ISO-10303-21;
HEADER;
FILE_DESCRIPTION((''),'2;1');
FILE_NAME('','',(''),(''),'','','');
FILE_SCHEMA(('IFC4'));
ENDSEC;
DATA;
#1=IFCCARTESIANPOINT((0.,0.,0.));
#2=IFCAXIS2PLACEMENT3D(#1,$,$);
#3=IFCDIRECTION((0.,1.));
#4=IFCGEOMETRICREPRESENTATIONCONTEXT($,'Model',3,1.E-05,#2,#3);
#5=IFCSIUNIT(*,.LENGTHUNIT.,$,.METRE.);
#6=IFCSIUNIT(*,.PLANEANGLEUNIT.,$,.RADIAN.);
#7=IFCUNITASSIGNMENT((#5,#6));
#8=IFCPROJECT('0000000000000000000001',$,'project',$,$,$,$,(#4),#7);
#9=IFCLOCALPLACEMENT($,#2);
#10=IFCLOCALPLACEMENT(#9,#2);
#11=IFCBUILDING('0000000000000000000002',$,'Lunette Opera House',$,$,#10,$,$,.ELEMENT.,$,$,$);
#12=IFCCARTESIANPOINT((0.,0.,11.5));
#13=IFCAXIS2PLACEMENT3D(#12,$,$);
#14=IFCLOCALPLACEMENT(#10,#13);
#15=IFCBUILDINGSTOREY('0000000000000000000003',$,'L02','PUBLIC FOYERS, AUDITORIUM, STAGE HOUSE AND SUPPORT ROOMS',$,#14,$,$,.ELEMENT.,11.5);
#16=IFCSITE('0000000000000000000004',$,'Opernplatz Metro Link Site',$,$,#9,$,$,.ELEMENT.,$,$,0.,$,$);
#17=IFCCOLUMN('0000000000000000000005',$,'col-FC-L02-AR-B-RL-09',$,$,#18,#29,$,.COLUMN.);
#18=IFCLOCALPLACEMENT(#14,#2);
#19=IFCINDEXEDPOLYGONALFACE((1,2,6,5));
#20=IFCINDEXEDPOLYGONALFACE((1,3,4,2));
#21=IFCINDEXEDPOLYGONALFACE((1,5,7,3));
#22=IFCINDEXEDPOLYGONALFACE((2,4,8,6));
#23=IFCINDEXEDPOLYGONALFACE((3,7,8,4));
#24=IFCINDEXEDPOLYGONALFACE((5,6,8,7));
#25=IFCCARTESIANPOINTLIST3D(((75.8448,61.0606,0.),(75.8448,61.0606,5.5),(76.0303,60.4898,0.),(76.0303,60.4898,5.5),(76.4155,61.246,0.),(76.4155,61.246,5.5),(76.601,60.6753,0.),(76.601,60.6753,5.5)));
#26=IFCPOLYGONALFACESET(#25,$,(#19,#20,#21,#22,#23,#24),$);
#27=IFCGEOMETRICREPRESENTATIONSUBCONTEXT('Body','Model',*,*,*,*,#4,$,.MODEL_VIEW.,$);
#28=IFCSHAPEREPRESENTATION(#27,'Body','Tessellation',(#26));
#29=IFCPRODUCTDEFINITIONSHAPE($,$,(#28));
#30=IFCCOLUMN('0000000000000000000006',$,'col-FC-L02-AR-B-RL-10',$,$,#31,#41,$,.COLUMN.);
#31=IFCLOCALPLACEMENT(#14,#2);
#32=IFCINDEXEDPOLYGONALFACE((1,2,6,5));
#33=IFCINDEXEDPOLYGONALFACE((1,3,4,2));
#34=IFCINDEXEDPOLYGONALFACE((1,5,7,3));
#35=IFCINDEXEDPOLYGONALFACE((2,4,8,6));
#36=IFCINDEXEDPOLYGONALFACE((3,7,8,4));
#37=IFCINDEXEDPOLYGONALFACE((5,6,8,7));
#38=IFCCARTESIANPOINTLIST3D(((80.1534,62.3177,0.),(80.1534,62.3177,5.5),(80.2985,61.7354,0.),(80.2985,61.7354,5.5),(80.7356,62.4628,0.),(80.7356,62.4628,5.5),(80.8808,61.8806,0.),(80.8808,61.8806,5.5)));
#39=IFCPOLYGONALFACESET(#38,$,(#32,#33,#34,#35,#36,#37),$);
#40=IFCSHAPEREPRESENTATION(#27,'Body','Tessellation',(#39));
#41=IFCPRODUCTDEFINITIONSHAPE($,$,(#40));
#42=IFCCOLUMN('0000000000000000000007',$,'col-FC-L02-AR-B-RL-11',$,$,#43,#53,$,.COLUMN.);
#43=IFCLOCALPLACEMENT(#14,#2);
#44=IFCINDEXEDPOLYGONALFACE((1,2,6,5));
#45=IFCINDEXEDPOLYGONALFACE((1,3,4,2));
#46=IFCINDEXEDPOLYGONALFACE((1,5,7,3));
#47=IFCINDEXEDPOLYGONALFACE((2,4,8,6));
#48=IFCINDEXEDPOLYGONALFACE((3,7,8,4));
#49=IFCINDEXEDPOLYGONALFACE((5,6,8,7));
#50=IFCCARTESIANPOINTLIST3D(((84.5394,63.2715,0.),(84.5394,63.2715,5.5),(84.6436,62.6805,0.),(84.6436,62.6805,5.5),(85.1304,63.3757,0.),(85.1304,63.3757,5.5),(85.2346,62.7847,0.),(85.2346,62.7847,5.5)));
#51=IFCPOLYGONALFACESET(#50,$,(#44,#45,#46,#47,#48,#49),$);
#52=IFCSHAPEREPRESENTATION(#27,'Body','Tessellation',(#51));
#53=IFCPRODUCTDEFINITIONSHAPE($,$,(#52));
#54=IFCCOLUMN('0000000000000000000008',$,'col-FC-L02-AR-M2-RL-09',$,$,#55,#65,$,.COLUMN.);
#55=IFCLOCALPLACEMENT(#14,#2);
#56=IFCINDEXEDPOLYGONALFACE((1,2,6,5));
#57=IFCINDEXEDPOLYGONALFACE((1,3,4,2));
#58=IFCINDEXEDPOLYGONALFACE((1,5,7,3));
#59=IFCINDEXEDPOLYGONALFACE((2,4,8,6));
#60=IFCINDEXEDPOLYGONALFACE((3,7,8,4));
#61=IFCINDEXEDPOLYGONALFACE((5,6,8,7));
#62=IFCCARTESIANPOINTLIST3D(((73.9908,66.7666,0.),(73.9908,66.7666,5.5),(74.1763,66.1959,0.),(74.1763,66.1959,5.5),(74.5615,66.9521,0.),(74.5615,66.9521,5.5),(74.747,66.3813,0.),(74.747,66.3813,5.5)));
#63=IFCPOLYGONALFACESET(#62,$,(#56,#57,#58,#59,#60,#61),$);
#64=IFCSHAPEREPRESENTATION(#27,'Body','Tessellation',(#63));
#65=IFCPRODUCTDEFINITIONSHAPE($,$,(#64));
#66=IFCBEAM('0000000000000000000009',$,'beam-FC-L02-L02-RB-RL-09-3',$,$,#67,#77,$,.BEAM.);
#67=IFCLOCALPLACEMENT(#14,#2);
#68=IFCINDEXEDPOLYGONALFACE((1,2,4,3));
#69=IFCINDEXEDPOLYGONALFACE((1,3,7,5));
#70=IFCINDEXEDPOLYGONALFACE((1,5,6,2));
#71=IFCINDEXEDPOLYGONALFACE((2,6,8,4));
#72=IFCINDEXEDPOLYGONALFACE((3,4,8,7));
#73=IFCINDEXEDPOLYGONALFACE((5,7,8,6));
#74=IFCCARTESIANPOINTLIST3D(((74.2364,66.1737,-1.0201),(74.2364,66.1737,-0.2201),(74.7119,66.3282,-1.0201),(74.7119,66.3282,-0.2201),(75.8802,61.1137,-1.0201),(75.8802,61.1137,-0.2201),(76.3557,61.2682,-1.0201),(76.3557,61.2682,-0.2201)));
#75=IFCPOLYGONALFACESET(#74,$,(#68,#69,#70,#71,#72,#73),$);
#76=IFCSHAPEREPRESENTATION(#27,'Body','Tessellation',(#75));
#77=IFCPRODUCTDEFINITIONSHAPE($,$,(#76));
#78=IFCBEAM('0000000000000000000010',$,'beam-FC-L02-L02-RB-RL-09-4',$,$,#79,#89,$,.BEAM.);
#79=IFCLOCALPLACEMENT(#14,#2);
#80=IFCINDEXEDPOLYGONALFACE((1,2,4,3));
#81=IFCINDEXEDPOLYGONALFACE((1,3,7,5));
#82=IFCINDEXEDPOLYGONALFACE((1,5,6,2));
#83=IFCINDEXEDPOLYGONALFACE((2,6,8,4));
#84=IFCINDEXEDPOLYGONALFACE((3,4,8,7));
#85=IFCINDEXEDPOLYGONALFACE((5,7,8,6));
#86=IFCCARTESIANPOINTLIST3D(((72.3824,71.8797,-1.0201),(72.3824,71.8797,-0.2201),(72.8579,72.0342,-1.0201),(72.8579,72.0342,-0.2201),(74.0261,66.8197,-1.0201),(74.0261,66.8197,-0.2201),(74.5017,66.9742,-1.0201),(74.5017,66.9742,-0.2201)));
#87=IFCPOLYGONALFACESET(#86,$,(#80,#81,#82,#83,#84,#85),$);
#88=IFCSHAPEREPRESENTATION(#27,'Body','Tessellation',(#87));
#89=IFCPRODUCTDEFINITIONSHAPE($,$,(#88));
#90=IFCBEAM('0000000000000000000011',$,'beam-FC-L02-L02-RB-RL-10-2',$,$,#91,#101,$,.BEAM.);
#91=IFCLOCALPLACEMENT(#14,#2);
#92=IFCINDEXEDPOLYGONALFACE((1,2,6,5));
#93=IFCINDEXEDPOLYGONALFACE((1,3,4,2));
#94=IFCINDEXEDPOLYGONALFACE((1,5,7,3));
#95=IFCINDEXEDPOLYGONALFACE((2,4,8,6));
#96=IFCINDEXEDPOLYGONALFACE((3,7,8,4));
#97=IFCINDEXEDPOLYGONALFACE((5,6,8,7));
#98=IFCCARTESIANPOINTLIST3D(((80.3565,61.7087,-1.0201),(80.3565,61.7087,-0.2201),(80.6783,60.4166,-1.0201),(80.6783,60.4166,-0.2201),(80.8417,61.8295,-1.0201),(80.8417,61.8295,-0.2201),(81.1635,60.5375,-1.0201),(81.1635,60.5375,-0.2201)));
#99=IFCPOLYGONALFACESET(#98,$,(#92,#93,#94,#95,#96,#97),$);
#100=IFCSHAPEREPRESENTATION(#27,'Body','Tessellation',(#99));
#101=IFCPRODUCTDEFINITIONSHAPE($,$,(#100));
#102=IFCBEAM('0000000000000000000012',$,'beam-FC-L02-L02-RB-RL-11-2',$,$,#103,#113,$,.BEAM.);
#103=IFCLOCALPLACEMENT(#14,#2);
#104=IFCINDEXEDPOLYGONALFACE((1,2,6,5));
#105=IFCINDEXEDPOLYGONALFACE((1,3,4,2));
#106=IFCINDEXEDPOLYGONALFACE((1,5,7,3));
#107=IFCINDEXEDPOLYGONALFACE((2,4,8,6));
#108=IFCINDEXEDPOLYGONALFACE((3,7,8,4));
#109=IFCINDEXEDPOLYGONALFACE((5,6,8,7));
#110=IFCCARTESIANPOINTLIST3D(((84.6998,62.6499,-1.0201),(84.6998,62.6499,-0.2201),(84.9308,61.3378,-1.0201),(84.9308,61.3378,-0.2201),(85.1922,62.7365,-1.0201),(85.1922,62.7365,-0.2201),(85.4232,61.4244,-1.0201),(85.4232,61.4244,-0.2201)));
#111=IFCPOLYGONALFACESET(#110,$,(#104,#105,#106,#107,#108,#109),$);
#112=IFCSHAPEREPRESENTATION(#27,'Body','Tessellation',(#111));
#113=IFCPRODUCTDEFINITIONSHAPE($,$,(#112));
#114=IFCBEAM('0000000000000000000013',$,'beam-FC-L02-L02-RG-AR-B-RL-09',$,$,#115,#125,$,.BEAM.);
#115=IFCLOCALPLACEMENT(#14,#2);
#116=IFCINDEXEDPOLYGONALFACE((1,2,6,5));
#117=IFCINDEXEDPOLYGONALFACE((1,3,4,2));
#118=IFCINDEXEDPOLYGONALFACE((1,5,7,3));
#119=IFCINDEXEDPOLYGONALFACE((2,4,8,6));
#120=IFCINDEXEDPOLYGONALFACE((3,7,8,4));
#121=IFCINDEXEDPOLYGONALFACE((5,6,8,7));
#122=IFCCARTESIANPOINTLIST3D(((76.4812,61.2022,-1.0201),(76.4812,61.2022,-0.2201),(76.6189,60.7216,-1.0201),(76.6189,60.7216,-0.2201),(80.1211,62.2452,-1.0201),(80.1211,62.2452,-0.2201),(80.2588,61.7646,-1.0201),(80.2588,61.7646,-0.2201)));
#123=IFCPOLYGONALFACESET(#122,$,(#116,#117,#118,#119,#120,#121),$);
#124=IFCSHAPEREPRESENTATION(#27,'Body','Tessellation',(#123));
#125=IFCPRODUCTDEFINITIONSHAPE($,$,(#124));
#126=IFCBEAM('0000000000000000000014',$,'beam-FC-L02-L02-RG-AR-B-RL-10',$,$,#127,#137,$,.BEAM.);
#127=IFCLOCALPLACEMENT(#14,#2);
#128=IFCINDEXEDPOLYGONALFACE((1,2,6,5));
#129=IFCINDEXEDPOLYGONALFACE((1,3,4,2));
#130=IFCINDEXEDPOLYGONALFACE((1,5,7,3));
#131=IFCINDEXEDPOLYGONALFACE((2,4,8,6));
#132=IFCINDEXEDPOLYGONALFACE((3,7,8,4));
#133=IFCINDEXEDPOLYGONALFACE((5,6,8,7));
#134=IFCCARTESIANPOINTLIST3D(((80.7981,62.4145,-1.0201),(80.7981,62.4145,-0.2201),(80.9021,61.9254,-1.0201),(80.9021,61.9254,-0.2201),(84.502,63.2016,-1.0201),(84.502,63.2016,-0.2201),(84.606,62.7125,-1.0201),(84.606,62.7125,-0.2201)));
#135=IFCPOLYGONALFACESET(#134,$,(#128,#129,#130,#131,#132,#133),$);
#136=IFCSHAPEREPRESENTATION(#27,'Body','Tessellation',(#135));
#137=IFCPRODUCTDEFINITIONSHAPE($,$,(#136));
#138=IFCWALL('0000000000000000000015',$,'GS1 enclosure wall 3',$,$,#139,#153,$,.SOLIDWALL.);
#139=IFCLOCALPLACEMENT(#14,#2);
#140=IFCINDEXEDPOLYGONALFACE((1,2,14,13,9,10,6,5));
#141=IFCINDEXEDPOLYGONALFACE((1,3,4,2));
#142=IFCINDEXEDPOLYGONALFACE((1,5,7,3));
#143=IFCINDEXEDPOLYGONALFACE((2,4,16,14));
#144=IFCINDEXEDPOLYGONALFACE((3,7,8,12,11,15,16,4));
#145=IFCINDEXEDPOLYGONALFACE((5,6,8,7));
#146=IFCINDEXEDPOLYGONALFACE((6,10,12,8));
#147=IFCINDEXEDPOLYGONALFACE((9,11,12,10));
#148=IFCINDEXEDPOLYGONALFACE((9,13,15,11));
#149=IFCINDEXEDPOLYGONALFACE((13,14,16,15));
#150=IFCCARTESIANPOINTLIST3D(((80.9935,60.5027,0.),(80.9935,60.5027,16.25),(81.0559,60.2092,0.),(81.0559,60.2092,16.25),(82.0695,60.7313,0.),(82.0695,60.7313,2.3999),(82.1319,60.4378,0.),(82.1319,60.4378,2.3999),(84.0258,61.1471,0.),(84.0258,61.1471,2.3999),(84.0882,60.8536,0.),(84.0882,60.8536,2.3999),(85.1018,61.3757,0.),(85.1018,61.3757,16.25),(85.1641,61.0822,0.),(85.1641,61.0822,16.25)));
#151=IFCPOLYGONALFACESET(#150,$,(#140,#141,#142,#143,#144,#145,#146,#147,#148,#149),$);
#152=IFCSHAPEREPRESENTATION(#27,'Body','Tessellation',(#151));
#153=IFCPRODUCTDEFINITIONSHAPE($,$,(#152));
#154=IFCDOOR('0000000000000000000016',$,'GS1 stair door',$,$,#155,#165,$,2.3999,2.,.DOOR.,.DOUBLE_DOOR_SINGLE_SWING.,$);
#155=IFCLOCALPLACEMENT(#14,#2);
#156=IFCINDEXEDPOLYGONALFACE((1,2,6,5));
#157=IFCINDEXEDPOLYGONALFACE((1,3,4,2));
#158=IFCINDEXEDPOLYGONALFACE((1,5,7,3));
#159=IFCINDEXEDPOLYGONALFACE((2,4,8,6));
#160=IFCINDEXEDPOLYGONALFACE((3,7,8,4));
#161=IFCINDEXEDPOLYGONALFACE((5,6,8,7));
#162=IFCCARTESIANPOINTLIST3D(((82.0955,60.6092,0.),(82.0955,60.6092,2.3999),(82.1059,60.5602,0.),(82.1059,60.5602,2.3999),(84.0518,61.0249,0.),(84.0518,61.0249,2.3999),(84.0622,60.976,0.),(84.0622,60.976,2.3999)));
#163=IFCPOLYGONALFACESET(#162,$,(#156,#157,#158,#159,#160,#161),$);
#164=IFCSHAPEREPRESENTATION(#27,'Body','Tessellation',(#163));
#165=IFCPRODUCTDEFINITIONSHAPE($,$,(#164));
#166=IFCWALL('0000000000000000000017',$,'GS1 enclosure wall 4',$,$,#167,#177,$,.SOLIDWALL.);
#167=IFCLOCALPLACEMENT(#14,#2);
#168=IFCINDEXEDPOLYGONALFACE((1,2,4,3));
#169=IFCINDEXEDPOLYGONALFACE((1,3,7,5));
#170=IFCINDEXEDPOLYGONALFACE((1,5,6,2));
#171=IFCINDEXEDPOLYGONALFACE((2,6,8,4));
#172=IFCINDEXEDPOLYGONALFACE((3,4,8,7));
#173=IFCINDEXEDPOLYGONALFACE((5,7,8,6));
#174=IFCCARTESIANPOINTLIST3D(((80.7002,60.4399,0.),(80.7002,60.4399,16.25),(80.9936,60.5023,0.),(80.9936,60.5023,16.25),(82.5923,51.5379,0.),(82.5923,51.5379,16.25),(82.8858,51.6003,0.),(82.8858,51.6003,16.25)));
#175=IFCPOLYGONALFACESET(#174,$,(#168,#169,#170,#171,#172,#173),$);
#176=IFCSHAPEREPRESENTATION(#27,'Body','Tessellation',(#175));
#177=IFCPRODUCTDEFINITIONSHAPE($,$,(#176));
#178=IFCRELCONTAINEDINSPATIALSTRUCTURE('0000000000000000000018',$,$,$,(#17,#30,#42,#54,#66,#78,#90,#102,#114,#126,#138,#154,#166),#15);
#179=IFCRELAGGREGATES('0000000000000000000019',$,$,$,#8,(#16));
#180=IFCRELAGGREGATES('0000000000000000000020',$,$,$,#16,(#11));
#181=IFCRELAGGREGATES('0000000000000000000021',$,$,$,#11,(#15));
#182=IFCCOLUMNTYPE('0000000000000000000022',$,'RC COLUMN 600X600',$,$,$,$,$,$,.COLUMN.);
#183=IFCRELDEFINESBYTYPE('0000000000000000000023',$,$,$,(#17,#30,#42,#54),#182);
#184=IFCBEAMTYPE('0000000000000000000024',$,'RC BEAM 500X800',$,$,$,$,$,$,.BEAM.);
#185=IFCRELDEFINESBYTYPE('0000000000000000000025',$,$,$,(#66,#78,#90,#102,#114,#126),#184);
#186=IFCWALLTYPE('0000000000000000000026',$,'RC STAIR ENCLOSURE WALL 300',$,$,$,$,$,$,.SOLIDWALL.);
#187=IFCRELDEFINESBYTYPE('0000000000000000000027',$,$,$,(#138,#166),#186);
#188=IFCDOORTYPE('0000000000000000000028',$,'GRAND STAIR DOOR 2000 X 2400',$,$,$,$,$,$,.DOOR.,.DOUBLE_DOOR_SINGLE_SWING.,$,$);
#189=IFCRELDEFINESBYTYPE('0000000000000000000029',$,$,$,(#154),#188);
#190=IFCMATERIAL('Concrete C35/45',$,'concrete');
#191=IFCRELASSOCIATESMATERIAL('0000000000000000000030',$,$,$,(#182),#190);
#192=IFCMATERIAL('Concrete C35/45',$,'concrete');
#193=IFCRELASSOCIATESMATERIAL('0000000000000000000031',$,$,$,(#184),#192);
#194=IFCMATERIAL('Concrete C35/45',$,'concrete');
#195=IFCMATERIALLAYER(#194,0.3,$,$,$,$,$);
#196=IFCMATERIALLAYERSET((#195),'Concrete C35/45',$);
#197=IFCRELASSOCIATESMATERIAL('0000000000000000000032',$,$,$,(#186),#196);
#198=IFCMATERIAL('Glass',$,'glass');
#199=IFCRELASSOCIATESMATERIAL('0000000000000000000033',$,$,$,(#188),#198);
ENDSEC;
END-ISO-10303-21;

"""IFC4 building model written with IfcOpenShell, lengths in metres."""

from ifc_helpers import new_model, si_unit, direction, frame, frame_2d, origin, origin_2d, place, context, subcontext, project, spatial, rectangle, extrude, material, layer, layer_set, material_profile, profile_set, type_object, element, fill, save


model = new_model("IFC4")

# Units and contexts
model_context = context("Model", 3, precision=1e-05, world=origin(), true_north=direction((0.0, 1.0)))
body_context = subcontext(model_context, "Body", "Model", "MODEL_VIEW")
ifc_project = project(units=[si_unit("LENGTHUNIT", "METRE"), si_unit("PLANEANGLEUNIT", "RADIAN")], contexts=[model_context])

# Site, building, storey
site_placement = place(None, origin())
site = spatial("IfcSite", under=ifc_project, at=site_placement, Name="Opernplatz Metro Link Site", CompositionType="ELEMENT", RefElevation=0.0)
building_placement = place(site_placement, origin())
building = spatial("IfcBuilding", under=site, at=building_placement, Name="Lunette Opera House", CompositionType="ELEMENT")
storey_placement = place(building_placement, frame((0.0, 0.0, 11.5)))
storey = spatial("IfcBuildingStorey", under=building, at=storey_placement, Name="L02", Description="PUBLIC FOYERS, AUDITORIUM, STAGE HOUSE AND SUPPORT ROOMS", CompositionType="ELEMENT", Elevation=11.5)

# Columns
ifc_material_1 = material(Name="Concrete C35/45", Category="concrete")
ifc_material_profile_1 = material_profile(ifc_material_1, rectangle(XDim=0.6001, YDim=0.6001, at=origin_2d()), Name="RC COLUMN 600X600")
ifc_profile_set_1 = profile_set([ifc_material_profile_1], Name="Concrete C35/45")
column_type = type_object("IfcColumnType", Name="RC COLUMN 600X600", PredefinedType="COLUMN", material=ifc_profile_set_1)
for number, where, z_axis, x_axis, name in (
    (1, (76.2229, 60.8679, 0.0), (0.0, 0.0, 1.0), (0.951057, 0.309017, 0.0), "col-FC-L02-AR-B-RL-09"),
    (2, (80.5171, 62.0991, 0.0), (0.0, 0.0, 1.0), (0.970296, 0.241922, 0.0), "col-FC-L02-AR-B-RL-10"),
    (3, (84.887, 63.0281, 0.0), (0.0, 0.0, 1.0), (0.984808, 0.173648, 0.0), "col-FC-L02-AR-B-RL-11"),
    (4, (74.3689, 66.574, 0.0), (0.0, 0.0, 1.0), (0.951057, 0.309017, 0.0), "col-FC-L02-AR-M2-RL-09"),
):
    element("IfcColumn", number, at=place(storey_placement, frame(where, z_axis=z_axis, x_axis=x_axis)), inside=storey, type_object=column_type, Name=name, PredefinedType="COLUMN", context=body_context, shape_type="SweptSolid", body=[
        extrude(rectangle(XDim=0.6001, YDim=0.6001, at=origin_2d()), origin(), (0.0, 0.0, 1.0), 5.5),
    ])

# Beams
ifc_material_2 = material(Name="Concrete C35/45", Category="concrete")
ifc_material_profile_2 = material_profile(ifc_material_2, rectangle(XDim=0.5, YDim=0.8, at=origin_2d()), Name="RC BEAM 500X800")
ifc_profile_set_2 = profile_set([ifc_material_profile_2], Name="Concrete C35/45")
beam_type = type_object("IfcBeamType", Name="RC BEAM 500X800", PredefinedType="BEAM", material=ifc_profile_set_2)
for number, where, z_axis, x_axis, name in (
    (5, (76.1179, 61.1909, -0.6201), (-0.308964, 0.951074, 0.0), (-0.951074, -0.308964, 0.0), "beam-FC-L02-L02-RB-RL-09-3"),
    (6, (74.2639, 66.897, -0.6201), (-0.308964, 0.951074, 0.0), (-0.951074, -0.308964, 0.0), "beam-FC-L02-L02-RB-RL-09-4"),
):
    element("IfcBeam", number, at=place(storey_placement, frame(where, z_axis=z_axis, x_axis=x_axis)), inside=storey, type_object=beam_type, Name=name, PredefinedType="BEAM", context=body_context, shape_type="SweptSolid", body=[
        extrude(rectangle(XDim=0.5, YDim=0.8, at=origin_2d()), origin(), (0.0, 0.0, 1.0), 5.3203),
    ])
beam_1_placement = place(storey_placement, frame((80.9209, 60.4771, -0.6201), z_axis=(-0.241673, 0.970358, 0.0), x_axis=(-0.970358, -0.241673, 0.0)))
element("IfcBeam", 7, at=beam_1_placement, inside=storey, type_object=beam_type, Name="beam-FC-L02-L02-RB-RL-10-2", PredefinedType="BEAM", context=body_context, shape_type="SweptSolid", body=[
    extrude(rectangle(XDim=0.5, YDim=0.8, at=origin_2d()), origin(), (0.0, 0.0, 1.0), 1.3315),
])
beam_2_placement = place(storey_placement, frame((85.177, 61.3811, -0.6201), z_axis=(-0.173367, 0.984857, 0.0), x_axis=(-0.984857, -0.173367, 0.0)))
element("IfcBeam", 8, at=beam_2_placement, inside=storey, type_object=beam_type, Name="beam-FC-L02-L02-RB-RL-11-2", PredefinedType="BEAM", context=body_context, shape_type="SweptSolid", body=[
    extrude(rectangle(XDim=0.5, YDim=0.8, at=origin_2d()), origin(), (0.0, 0.0, 1.0), 1.3323),
])
beam_3_placement = place(storey_placement, frame((76.55, 60.9619, -0.6201), z_axis=(0.961314, 0.275453, 0.0), x_axis=(-0.275453, 0.961314, 0.0)))
element("IfcBeam", 9, at=beam_3_placement, inside=storey, type_object=beam_type, Name="beam-FC-L02-L02-RG-AR-B-RL-09", PredefinedType="BEAM", context=body_context, shape_type="SweptSolid", body=[
    extrude(rectangle(XDim=0.5, YDim=0.8, at=origin_2d()), origin(), (0.0, 0.0, 1.0), 3.7864),
])
beam_4_placement = place(storey_placement, frame((80.8501, 62.1699, -0.6201), z_axis=(0.978157, 0.207869, 0.0), x_axis=(-0.207869, 0.978157, 0.0)))
element("IfcBeam", 10, at=beam_4_placement, inside=storey, type_object=beam_type, Name="beam-FC-L02-L02-RG-AR-B-RL-10", PredefinedType="BEAM", context=body_context, shape_type="SweptSolid", body=[
    extrude(rectangle(XDim=0.5, YDim=0.8, at=origin_2d()), origin(), (0.0, 0.0, 1.0), 3.7866),
])

# Wall, opening, door
ifc_material_3 = material(Name="Concrete C35/45", Category="concrete")
ifc_layer_1 = layer(ifc_material_3, 0.3)
ifc_layer_set_1 = layer_set([ifc_layer_1], Name="Concrete C35/45")
wall_type_1 = type_object("IfcWallType", Name="RC STAIR ENCLOSURE WALL 300", PredefinedType="SOLIDWALL", material=ifc_layer_set_1)
wall_1_placement = place(storey_placement, frame((85.1331, 61.229, 0.0), z_axis=(0.0, 0.0, 1.0), x_axis=(-0.978156, -0.207873, 0.0)))
wall_1 = element("IfcWall", 11, at=wall_1_placement, inside=storey, type_object=wall_type_1, Name="GS1 enclosure wall 3", PredefinedType="SOLIDWALL", context=body_context, shape_type="SweptSolid", body=[
    extrude(rectangle(XDim=4.2, YDim=0.3, at=frame_2d((2.1001, 0.0))), origin(), (0.0, 0.0, 1.0), 16.25),
])
opening_1_placement = place(wall_1_placement, frame((1.1001, 0.0, 0.0)))
opening_1 = element("IfcOpeningElement", 12, at=opening_1_placement, cuts=wall_1, PredefinedType="OPENING", context=body_context, shape_type="SweptSolid", body=[
    extrude(rectangle(XDim=2.0, YDim=2.3999, at=frame_2d((1.0, 1.2))), frame((0.0, 0.1621, 0.0), z_axis=(0.0, -1.0, 0.0), x_axis=(1.0, 0.0, 0.0)), (0.0, 0.0, 1.0), 0.324),
])
ifc_material_4 = material(Name="Glass", Category="glass")
door_type_1 = type_object("IfcDoorType", Name="GRAND STAIR DOOR 2000 X 2400", OperationType="DOUBLE_DOOR_SINGLE_SWING", PredefinedType="DOOR", material=ifc_material_4)
door_1_placement = place(opening_1_placement, origin())
door_1 = element("IfcDoor", 13, at=door_1_placement, inside=storey, type_object=door_type_1, Name="GS1 stair door", OperationType="DOUBLE_DOOR_SINGLE_SWING", OverallHeight=2.3999, OverallWidth=2.0, PredefinedType="DOOR", context=body_context, shape_type="SweptSolid", body=[
    extrude(rectangle(XDim=2.0, YDim=2.3999, at=frame_2d((1.0, 1.2))), frame((0.0, 0.0249, 0.0), z_axis=(0.0, -1.0, 0.0), x_axis=(1.0, 0.0, 0.0)), (0.0, 0.0, 1.0), 0.05),
])
fill(opening_1, door_1)

# Wall
wall_2_placement = place(storey_placement, frame((80.8469, 60.4709, 0.0), z_axis=(0.0, 0.0, 1.0), x_axis=(0.207906, -0.978149, 0.0)))
element("IfcWall", 14, at=wall_2_placement, inside=storey, type_object=wall_type_1, Name="GS1 enclosure wall 4", PredefinedType="SOLIDWALL", context=body_context, shape_type="SweptSolid", body=[
    extrude(rectangle(XDim=9.1008, YDim=0.3, at=frame_2d((4.5503, 0.0))), origin(), (0.0, 0.0, 1.0), 16.25),
])

save(model, "model.ifc")
